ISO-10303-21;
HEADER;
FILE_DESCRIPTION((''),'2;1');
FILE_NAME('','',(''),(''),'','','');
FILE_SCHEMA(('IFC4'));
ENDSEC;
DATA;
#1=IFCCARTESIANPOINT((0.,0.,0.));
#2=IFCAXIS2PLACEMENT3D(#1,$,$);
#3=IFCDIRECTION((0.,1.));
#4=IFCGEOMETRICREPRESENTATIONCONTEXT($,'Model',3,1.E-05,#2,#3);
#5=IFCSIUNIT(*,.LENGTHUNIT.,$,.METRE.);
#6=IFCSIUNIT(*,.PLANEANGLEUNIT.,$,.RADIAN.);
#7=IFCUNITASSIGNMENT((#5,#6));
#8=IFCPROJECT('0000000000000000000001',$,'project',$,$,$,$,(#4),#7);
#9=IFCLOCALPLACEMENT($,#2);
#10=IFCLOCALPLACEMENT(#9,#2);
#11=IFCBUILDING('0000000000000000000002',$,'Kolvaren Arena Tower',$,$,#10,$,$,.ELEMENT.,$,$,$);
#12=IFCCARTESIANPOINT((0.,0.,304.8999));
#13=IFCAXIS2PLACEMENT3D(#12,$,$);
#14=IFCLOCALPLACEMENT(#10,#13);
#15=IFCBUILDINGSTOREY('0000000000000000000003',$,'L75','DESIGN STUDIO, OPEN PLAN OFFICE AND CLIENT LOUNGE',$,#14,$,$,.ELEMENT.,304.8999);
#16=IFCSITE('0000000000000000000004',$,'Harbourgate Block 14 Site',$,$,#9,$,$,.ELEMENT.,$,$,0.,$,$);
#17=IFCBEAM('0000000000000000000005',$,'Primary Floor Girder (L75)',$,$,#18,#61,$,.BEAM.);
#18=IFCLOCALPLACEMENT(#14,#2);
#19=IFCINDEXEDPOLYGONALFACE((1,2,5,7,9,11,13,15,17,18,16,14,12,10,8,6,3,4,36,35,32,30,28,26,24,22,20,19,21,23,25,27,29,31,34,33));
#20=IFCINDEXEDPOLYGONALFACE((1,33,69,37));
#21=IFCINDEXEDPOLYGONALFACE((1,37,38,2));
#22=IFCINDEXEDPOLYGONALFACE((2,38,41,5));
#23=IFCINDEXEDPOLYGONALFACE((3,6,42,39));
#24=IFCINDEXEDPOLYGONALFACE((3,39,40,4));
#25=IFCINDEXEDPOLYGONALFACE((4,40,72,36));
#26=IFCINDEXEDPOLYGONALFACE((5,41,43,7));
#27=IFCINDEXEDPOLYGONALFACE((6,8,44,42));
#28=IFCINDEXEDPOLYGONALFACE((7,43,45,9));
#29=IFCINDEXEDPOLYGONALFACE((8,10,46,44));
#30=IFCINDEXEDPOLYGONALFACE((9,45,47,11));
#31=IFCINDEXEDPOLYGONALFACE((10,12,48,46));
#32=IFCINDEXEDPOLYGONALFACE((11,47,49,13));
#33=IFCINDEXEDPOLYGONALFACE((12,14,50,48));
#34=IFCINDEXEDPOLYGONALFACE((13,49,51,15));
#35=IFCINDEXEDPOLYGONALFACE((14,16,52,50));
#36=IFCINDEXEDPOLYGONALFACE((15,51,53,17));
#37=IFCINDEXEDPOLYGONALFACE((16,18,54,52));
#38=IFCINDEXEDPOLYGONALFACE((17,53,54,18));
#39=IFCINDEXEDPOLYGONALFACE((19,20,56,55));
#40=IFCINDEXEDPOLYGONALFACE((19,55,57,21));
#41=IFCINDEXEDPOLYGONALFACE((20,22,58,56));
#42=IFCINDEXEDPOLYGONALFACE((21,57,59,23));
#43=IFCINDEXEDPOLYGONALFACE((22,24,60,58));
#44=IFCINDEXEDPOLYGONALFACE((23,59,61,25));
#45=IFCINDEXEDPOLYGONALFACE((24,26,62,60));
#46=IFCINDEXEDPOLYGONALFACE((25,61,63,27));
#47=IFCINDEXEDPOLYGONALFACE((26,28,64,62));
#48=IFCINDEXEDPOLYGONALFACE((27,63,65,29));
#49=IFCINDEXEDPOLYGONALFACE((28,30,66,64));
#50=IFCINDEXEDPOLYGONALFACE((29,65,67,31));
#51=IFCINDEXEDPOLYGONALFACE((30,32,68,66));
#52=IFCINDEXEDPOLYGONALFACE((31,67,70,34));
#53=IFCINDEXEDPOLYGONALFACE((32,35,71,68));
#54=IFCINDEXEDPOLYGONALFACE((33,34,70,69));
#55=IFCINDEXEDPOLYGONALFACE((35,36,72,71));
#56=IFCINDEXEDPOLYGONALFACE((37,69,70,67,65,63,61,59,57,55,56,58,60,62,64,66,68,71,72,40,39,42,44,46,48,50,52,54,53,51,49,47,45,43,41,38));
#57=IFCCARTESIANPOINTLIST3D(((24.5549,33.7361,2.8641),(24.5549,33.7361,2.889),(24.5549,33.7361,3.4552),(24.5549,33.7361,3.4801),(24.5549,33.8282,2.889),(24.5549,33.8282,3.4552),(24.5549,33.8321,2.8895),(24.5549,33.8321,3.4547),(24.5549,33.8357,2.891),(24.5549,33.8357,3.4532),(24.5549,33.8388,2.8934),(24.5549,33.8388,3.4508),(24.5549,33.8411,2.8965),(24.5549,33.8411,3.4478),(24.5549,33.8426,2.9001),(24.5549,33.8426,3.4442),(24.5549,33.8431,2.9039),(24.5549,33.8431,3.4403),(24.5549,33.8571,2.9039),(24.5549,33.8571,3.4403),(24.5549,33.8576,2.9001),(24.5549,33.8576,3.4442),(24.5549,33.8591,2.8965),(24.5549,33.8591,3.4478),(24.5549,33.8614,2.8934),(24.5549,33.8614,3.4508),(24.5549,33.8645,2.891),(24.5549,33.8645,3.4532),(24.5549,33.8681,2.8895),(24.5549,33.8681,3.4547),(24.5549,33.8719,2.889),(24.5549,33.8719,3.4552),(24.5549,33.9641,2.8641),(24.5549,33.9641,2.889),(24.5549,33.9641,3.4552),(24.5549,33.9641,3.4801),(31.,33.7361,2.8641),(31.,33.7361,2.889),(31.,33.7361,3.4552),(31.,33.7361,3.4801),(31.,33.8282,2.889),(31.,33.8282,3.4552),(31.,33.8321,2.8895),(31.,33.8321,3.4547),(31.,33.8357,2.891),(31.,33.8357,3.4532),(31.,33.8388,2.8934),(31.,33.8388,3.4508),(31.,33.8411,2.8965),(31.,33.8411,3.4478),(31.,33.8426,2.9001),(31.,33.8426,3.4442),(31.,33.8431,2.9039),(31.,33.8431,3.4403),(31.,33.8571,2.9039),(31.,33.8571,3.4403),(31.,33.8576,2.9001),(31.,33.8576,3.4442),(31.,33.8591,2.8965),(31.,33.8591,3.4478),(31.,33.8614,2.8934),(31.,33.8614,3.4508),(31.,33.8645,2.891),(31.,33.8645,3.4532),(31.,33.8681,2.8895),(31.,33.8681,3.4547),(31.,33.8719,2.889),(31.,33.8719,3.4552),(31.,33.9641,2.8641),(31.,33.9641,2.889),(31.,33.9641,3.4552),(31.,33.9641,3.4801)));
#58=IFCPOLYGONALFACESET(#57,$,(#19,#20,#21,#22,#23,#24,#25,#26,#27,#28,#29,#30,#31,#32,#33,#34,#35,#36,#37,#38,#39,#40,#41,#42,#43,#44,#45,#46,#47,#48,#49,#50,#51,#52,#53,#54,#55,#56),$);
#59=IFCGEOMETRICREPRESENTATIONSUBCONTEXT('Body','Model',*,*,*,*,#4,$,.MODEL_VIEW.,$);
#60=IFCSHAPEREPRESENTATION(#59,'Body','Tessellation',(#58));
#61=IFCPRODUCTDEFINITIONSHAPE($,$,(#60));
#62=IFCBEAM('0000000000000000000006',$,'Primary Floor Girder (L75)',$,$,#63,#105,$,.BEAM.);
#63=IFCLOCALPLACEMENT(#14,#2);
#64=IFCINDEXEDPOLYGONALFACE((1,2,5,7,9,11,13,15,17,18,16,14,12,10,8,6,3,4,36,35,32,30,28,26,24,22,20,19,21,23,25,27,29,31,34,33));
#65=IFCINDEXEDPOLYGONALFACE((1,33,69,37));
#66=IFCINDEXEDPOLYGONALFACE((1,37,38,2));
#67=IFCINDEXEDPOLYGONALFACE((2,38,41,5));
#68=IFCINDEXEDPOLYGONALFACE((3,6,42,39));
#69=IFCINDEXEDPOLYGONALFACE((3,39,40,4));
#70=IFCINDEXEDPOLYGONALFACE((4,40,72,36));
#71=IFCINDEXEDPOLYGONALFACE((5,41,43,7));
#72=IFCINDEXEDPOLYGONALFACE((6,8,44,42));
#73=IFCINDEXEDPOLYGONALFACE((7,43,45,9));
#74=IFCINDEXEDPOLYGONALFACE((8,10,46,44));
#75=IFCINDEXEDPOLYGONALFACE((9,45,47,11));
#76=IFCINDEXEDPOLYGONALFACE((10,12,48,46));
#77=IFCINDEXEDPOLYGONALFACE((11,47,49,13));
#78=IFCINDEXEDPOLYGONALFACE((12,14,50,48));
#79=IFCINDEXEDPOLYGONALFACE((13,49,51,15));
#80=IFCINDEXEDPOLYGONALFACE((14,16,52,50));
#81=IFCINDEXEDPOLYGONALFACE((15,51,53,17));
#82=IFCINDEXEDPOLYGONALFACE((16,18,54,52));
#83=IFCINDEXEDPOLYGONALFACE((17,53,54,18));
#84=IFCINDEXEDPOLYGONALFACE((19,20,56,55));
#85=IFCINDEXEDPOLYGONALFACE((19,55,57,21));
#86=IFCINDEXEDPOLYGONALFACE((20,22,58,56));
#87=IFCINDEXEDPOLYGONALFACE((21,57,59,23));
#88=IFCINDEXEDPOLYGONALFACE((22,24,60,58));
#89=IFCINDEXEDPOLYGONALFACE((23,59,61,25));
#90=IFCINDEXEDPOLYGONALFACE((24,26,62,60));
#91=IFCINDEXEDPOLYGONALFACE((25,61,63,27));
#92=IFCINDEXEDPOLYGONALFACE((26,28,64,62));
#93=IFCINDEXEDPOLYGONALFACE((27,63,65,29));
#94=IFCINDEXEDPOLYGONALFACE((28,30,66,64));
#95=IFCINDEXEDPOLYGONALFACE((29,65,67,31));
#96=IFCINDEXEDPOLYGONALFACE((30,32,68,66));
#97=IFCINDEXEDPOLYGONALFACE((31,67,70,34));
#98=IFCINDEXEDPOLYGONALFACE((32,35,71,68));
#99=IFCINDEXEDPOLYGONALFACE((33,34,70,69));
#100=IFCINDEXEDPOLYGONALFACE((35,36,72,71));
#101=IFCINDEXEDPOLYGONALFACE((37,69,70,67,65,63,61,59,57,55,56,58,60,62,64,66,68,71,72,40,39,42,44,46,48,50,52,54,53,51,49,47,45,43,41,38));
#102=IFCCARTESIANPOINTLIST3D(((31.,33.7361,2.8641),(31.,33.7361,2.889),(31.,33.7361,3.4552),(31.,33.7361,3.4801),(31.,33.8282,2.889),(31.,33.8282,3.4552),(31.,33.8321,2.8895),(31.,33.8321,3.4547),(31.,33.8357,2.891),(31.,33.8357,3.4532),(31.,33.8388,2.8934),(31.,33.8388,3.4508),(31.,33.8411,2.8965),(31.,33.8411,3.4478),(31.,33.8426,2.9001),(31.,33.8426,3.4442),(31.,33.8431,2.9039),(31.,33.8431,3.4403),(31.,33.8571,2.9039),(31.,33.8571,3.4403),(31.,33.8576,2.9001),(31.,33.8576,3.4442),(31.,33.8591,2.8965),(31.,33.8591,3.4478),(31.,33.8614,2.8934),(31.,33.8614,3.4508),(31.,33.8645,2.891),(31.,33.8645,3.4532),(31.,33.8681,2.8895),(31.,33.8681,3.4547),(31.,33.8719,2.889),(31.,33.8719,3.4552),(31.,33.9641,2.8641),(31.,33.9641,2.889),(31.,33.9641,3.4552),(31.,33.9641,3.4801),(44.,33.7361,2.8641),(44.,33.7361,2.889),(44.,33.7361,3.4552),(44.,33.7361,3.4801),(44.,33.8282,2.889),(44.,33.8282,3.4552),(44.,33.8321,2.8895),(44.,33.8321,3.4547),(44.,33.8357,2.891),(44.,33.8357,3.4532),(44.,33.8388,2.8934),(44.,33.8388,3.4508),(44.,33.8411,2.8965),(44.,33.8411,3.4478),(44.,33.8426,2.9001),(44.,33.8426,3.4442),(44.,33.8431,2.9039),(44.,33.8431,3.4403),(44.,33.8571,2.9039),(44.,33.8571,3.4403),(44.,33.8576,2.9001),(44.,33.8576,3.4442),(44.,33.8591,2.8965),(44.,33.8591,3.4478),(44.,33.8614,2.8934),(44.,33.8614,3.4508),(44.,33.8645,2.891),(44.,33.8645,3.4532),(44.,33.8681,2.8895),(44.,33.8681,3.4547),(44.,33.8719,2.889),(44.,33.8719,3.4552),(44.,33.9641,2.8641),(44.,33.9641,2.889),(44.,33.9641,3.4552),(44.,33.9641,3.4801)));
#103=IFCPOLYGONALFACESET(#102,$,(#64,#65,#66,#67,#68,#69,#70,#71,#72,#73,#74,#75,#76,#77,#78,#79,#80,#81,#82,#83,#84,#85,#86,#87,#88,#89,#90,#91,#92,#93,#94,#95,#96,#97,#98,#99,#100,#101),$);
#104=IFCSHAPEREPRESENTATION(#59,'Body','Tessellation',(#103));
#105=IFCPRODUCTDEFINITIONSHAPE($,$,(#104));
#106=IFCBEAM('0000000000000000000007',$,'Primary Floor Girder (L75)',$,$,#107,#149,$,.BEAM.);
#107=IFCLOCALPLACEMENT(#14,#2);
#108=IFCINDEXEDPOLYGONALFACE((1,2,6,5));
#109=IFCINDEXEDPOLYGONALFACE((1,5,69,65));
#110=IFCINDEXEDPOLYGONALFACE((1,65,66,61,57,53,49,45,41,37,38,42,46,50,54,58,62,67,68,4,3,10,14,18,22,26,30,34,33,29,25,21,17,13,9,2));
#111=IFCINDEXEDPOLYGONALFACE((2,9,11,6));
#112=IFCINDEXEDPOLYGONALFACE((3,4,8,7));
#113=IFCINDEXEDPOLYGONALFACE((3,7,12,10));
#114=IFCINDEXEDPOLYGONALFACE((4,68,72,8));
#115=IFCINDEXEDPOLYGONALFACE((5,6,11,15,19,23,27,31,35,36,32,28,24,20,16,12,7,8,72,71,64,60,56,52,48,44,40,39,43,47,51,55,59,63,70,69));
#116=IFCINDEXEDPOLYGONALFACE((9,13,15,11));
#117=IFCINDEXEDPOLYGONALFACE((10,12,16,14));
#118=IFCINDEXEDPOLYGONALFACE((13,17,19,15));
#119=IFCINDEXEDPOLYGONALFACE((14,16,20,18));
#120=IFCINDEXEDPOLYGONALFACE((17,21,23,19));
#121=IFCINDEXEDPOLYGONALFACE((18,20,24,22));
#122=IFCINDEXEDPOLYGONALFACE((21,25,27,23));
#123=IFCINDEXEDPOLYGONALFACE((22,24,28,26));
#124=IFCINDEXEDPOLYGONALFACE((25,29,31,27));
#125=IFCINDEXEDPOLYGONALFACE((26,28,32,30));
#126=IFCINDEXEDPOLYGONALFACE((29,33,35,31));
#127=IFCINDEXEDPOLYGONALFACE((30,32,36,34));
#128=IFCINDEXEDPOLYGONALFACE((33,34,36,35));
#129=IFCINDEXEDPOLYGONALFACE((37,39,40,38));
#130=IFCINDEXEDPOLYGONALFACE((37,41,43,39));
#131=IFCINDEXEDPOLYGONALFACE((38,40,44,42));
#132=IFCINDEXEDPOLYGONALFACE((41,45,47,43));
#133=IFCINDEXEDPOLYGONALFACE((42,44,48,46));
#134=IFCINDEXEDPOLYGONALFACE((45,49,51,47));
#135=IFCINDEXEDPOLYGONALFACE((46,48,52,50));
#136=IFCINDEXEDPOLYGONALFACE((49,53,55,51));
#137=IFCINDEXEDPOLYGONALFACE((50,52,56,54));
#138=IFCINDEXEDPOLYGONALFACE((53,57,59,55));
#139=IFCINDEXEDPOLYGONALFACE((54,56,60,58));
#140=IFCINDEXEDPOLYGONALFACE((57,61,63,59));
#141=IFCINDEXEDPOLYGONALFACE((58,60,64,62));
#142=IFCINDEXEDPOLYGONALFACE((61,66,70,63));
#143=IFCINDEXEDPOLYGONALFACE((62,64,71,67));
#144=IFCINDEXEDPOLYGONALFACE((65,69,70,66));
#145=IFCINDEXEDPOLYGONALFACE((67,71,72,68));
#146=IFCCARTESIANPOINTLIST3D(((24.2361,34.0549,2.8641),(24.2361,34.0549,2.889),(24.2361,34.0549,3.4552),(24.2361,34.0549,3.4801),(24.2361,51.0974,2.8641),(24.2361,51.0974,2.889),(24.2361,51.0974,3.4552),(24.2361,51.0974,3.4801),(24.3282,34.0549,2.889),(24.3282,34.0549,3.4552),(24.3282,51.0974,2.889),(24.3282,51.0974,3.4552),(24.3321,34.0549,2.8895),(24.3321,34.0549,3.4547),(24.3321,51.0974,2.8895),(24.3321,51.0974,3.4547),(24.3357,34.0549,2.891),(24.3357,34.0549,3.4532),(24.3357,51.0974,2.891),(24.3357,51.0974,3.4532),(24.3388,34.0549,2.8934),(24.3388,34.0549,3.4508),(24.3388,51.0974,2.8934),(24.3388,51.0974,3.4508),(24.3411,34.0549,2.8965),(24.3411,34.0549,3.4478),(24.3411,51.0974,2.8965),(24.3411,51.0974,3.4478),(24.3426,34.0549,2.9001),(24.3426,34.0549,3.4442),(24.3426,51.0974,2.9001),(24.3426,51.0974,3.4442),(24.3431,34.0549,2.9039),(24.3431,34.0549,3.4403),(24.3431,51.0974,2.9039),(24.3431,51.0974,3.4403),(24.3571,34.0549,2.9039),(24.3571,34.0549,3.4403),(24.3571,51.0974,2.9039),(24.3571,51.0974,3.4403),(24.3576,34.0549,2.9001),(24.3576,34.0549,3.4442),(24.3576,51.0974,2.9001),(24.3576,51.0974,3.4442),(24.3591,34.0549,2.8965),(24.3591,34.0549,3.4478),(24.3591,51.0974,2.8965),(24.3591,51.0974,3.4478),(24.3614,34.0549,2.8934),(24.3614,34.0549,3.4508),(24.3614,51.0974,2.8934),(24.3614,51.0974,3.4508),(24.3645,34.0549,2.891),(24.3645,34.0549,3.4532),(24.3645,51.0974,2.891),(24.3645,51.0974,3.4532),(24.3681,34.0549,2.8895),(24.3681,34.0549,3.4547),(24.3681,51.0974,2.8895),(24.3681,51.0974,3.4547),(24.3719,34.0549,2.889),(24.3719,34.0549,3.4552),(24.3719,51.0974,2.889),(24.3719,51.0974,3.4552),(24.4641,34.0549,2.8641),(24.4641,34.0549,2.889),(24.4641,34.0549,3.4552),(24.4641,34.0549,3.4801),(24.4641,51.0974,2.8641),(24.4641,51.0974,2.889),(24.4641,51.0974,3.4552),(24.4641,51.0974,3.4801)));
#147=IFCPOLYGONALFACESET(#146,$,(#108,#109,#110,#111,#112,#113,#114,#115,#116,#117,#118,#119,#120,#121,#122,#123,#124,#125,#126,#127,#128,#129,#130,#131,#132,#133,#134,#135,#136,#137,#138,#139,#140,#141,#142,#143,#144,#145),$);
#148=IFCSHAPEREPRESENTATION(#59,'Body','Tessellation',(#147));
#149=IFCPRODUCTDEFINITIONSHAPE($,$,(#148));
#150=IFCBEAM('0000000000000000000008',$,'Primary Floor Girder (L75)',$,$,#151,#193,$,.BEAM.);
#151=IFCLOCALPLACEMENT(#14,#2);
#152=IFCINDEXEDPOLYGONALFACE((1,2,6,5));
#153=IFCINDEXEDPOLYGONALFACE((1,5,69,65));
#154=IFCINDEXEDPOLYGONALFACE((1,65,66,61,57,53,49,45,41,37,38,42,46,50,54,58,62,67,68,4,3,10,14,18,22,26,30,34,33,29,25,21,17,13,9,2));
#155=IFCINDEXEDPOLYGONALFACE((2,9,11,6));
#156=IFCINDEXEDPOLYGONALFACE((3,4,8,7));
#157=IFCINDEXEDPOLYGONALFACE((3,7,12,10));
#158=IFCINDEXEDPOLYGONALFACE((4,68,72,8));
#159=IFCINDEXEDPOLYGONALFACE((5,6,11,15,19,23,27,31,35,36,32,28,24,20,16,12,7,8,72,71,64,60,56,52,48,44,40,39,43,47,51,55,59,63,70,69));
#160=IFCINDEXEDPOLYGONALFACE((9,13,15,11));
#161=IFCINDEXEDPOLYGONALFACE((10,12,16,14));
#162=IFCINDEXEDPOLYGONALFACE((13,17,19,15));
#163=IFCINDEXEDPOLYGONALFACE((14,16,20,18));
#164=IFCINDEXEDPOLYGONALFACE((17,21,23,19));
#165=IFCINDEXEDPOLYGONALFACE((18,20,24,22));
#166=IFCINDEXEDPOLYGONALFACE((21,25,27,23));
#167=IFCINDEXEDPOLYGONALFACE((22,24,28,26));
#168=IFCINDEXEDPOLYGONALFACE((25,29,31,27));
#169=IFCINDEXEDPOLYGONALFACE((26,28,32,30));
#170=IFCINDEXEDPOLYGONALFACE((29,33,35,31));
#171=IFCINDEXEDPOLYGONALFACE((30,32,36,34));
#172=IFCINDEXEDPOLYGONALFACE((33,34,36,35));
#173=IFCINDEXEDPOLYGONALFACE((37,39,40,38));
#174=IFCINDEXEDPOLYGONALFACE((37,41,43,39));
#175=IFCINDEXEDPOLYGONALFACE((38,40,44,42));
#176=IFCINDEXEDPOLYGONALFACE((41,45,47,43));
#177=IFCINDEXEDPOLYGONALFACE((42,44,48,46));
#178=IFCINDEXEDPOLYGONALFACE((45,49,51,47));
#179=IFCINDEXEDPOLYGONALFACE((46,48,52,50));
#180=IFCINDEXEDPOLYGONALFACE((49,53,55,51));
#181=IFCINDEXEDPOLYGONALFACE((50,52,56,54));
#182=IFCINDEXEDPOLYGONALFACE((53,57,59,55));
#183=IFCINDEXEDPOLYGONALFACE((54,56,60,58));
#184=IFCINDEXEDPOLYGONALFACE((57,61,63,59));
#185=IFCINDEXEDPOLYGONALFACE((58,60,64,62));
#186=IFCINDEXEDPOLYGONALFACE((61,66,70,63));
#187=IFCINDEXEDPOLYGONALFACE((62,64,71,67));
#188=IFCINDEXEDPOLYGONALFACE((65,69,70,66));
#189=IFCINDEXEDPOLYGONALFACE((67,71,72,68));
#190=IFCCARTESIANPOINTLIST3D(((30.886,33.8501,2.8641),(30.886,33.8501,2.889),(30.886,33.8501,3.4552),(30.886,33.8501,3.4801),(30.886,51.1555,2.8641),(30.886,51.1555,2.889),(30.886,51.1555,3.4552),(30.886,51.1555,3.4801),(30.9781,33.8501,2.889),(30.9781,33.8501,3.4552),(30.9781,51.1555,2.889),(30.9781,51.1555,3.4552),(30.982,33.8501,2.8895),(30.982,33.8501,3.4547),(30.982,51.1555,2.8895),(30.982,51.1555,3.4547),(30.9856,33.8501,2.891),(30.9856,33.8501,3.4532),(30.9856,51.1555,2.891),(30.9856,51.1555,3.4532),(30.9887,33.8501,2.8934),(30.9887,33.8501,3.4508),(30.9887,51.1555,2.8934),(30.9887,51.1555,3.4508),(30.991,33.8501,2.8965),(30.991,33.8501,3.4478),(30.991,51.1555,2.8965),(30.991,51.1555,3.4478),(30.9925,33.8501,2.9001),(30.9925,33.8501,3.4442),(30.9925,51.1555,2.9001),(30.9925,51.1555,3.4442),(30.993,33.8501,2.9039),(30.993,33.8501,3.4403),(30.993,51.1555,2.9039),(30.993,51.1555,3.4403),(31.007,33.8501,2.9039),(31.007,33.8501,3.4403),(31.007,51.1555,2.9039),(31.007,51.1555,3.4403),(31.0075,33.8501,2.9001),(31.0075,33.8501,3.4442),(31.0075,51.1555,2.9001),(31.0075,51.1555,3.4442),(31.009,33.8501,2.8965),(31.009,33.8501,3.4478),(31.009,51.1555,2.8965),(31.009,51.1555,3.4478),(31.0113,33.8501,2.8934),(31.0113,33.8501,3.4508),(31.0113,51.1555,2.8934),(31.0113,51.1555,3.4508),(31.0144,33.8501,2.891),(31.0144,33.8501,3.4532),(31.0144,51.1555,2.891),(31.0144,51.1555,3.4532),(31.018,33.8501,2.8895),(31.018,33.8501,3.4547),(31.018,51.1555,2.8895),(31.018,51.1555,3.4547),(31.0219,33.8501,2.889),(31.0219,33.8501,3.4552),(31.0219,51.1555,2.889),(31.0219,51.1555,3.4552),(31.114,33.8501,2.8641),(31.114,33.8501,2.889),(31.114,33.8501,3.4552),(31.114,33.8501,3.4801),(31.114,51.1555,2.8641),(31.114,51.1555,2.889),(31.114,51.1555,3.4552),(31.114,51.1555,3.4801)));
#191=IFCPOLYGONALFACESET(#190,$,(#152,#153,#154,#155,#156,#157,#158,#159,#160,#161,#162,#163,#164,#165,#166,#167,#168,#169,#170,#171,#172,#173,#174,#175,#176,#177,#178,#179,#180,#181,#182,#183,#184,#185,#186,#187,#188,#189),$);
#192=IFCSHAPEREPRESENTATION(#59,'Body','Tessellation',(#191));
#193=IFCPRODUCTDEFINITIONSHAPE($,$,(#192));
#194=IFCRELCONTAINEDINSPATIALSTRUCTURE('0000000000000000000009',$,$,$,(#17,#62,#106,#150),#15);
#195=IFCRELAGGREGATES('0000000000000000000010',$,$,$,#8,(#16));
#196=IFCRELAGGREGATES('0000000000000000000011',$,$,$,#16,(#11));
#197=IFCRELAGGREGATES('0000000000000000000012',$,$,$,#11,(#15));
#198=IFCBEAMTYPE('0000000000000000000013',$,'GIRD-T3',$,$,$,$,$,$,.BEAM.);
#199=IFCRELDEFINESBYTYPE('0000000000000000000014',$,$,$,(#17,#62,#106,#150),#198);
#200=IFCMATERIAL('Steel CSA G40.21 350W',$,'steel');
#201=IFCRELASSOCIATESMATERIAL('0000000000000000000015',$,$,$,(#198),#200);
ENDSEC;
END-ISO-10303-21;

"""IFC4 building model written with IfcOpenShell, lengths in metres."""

from ifc_helpers import new_model, si_unit, direction, frame, origin, origin_2d, place, context, subcontext, project, spatial, i_section, extrude, material, material_profile, profile_set, type_object, element, save


model = new_model("IFC4")

# Units and contexts
model_context = context("Model", 3, precision=1e-05, world=origin(), true_north=direction((0.0, 1.0)))
body_context = subcontext(model_context, "Body", "Model", "MODEL_VIEW")
ifc_project = project(units=[si_unit("LENGTHUNIT", "METRE"), si_unit("PLANEANGLEUNIT", "RADIAN")], contexts=[model_context])

# Site, building, storey
site_placement = place(None, origin())
site = spatial("IfcSite", under=ifc_project, at=site_placement, Name="Harbourgate Block 14 Site", CompositionType="ELEMENT", RefElevation=0.0)
building_placement = place(site_placement, origin())
building = spatial("IfcBuilding", under=site, at=building_placement, Name="Kolvaren Arena Tower", CompositionType="ELEMENT")
storey_placement = place(building_placement, frame((0.0, 0.0, 304.8999)))
storey = spatial("IfcBuildingStorey", under=building, at=storey_placement, Name="L75", Description="DESIGN STUDIO, OPEN PLAN OFFICE AND CLIENT LOUNGE", CompositionType="ELEMENT", Elevation=304.8999)

# Beams
ifc_material_1 = material(Name="Steel CSA G40.21 350W", Category="steel")
ifc_material_profile_1 = material_profile(ifc_material_1, i_section(OverallWidth=0.228, OverallDepth=0.616, WebThickness=0.0139, FlangeThickness=0.0249, FilletRadius=0.0149, at=origin_2d()), Name="W610x174")
ifc_profile_set_1 = profile_set([ifc_material_profile_1], Name="Steel CSA G40.21 350W")
beam_type_1 = type_object("IfcBeamType", Name="GIRD-T3", PredefinedType="BEAM", material=ifc_profile_set_1)
beam_1_placement = place(storey_placement, frame((24.5549, 33.8501, 3.1721), z_axis=(1.0, 0.0, 0.0), x_axis=(0.0, 1.0, 0.0)))
element("IfcBeam", 1, at=beam_1_placement, inside=storey, type_object=beam_type_1, Name="Primary Floor Girder (L75)", PredefinedType="BEAM", context=body_context, shape_type="SweptSolid", body=[
    extrude(i_section(OverallWidth=0.228, OverallDepth=0.616, WebThickness=0.0139, FlangeThickness=0.0249, FilletRadius=0.0149, at=origin_2d()), origin(), (0.0, 0.0, 1.0), 6.4451),
])
beam_2_placement = place(storey_placement, frame((31.0, 33.8501, 3.1721), z_axis=(1.0, 0.0, 0.0), x_axis=(0.0, 1.0, 0.0)))
element("IfcBeam", 2, at=beam_2_placement, inside=storey, type_object=beam_type_1, Name="Primary Floor Girder (L75)", PredefinedType="BEAM", context=body_context, shape_type="SweptSolid", body=[
    extrude(i_section(OverallWidth=0.228, OverallDepth=0.616, WebThickness=0.0139, FlangeThickness=0.0249, FilletRadius=0.0149, at=origin_2d()), origin(), (0.0, 0.0, 1.0), 13.0),
])
beam_3_placement = place(storey_placement, frame((24.3501, 34.0549, 3.1721), z_axis=(0.0, 1.0, 0.0), x_axis=(-1.0, 0.0, 0.0)))
element("IfcBeam", 3, at=beam_3_placement, inside=storey, type_object=beam_type_1, Name="Primary Floor Girder (L75)", PredefinedType="BEAM", context=body_context, shape_type="SweptSolid", body=[
    extrude(i_section(OverallWidth=0.228, OverallDepth=0.616, WebThickness=0.0139, FlangeThickness=0.0249, FilletRadius=0.0149, at=origin_2d()), origin(), (0.0, 0.0, 1.0), 17.0425),
])
beam_4_placement = place(storey_placement, frame((31.0, 33.8501, 3.1721), z_axis=(0.0, 1.0, 0.0), x_axis=(-1.0, 0.0, 0.0)))
element("IfcBeam", 4, at=beam_4_placement, inside=storey, type_object=beam_type_1, Name="Primary Floor Girder (L75)", PredefinedType="BEAM", context=body_context, shape_type="SweptSolid", body=[
    extrude(i_section(OverallWidth=0.228, OverallDepth=0.616, WebThickness=0.0139, FlangeThickness=0.0249, FilletRadius=0.0149, at=origin_2d()), origin(), (0.0, 0.0, 1.0), 17.3054),
])

save(model, "model.ifc")
